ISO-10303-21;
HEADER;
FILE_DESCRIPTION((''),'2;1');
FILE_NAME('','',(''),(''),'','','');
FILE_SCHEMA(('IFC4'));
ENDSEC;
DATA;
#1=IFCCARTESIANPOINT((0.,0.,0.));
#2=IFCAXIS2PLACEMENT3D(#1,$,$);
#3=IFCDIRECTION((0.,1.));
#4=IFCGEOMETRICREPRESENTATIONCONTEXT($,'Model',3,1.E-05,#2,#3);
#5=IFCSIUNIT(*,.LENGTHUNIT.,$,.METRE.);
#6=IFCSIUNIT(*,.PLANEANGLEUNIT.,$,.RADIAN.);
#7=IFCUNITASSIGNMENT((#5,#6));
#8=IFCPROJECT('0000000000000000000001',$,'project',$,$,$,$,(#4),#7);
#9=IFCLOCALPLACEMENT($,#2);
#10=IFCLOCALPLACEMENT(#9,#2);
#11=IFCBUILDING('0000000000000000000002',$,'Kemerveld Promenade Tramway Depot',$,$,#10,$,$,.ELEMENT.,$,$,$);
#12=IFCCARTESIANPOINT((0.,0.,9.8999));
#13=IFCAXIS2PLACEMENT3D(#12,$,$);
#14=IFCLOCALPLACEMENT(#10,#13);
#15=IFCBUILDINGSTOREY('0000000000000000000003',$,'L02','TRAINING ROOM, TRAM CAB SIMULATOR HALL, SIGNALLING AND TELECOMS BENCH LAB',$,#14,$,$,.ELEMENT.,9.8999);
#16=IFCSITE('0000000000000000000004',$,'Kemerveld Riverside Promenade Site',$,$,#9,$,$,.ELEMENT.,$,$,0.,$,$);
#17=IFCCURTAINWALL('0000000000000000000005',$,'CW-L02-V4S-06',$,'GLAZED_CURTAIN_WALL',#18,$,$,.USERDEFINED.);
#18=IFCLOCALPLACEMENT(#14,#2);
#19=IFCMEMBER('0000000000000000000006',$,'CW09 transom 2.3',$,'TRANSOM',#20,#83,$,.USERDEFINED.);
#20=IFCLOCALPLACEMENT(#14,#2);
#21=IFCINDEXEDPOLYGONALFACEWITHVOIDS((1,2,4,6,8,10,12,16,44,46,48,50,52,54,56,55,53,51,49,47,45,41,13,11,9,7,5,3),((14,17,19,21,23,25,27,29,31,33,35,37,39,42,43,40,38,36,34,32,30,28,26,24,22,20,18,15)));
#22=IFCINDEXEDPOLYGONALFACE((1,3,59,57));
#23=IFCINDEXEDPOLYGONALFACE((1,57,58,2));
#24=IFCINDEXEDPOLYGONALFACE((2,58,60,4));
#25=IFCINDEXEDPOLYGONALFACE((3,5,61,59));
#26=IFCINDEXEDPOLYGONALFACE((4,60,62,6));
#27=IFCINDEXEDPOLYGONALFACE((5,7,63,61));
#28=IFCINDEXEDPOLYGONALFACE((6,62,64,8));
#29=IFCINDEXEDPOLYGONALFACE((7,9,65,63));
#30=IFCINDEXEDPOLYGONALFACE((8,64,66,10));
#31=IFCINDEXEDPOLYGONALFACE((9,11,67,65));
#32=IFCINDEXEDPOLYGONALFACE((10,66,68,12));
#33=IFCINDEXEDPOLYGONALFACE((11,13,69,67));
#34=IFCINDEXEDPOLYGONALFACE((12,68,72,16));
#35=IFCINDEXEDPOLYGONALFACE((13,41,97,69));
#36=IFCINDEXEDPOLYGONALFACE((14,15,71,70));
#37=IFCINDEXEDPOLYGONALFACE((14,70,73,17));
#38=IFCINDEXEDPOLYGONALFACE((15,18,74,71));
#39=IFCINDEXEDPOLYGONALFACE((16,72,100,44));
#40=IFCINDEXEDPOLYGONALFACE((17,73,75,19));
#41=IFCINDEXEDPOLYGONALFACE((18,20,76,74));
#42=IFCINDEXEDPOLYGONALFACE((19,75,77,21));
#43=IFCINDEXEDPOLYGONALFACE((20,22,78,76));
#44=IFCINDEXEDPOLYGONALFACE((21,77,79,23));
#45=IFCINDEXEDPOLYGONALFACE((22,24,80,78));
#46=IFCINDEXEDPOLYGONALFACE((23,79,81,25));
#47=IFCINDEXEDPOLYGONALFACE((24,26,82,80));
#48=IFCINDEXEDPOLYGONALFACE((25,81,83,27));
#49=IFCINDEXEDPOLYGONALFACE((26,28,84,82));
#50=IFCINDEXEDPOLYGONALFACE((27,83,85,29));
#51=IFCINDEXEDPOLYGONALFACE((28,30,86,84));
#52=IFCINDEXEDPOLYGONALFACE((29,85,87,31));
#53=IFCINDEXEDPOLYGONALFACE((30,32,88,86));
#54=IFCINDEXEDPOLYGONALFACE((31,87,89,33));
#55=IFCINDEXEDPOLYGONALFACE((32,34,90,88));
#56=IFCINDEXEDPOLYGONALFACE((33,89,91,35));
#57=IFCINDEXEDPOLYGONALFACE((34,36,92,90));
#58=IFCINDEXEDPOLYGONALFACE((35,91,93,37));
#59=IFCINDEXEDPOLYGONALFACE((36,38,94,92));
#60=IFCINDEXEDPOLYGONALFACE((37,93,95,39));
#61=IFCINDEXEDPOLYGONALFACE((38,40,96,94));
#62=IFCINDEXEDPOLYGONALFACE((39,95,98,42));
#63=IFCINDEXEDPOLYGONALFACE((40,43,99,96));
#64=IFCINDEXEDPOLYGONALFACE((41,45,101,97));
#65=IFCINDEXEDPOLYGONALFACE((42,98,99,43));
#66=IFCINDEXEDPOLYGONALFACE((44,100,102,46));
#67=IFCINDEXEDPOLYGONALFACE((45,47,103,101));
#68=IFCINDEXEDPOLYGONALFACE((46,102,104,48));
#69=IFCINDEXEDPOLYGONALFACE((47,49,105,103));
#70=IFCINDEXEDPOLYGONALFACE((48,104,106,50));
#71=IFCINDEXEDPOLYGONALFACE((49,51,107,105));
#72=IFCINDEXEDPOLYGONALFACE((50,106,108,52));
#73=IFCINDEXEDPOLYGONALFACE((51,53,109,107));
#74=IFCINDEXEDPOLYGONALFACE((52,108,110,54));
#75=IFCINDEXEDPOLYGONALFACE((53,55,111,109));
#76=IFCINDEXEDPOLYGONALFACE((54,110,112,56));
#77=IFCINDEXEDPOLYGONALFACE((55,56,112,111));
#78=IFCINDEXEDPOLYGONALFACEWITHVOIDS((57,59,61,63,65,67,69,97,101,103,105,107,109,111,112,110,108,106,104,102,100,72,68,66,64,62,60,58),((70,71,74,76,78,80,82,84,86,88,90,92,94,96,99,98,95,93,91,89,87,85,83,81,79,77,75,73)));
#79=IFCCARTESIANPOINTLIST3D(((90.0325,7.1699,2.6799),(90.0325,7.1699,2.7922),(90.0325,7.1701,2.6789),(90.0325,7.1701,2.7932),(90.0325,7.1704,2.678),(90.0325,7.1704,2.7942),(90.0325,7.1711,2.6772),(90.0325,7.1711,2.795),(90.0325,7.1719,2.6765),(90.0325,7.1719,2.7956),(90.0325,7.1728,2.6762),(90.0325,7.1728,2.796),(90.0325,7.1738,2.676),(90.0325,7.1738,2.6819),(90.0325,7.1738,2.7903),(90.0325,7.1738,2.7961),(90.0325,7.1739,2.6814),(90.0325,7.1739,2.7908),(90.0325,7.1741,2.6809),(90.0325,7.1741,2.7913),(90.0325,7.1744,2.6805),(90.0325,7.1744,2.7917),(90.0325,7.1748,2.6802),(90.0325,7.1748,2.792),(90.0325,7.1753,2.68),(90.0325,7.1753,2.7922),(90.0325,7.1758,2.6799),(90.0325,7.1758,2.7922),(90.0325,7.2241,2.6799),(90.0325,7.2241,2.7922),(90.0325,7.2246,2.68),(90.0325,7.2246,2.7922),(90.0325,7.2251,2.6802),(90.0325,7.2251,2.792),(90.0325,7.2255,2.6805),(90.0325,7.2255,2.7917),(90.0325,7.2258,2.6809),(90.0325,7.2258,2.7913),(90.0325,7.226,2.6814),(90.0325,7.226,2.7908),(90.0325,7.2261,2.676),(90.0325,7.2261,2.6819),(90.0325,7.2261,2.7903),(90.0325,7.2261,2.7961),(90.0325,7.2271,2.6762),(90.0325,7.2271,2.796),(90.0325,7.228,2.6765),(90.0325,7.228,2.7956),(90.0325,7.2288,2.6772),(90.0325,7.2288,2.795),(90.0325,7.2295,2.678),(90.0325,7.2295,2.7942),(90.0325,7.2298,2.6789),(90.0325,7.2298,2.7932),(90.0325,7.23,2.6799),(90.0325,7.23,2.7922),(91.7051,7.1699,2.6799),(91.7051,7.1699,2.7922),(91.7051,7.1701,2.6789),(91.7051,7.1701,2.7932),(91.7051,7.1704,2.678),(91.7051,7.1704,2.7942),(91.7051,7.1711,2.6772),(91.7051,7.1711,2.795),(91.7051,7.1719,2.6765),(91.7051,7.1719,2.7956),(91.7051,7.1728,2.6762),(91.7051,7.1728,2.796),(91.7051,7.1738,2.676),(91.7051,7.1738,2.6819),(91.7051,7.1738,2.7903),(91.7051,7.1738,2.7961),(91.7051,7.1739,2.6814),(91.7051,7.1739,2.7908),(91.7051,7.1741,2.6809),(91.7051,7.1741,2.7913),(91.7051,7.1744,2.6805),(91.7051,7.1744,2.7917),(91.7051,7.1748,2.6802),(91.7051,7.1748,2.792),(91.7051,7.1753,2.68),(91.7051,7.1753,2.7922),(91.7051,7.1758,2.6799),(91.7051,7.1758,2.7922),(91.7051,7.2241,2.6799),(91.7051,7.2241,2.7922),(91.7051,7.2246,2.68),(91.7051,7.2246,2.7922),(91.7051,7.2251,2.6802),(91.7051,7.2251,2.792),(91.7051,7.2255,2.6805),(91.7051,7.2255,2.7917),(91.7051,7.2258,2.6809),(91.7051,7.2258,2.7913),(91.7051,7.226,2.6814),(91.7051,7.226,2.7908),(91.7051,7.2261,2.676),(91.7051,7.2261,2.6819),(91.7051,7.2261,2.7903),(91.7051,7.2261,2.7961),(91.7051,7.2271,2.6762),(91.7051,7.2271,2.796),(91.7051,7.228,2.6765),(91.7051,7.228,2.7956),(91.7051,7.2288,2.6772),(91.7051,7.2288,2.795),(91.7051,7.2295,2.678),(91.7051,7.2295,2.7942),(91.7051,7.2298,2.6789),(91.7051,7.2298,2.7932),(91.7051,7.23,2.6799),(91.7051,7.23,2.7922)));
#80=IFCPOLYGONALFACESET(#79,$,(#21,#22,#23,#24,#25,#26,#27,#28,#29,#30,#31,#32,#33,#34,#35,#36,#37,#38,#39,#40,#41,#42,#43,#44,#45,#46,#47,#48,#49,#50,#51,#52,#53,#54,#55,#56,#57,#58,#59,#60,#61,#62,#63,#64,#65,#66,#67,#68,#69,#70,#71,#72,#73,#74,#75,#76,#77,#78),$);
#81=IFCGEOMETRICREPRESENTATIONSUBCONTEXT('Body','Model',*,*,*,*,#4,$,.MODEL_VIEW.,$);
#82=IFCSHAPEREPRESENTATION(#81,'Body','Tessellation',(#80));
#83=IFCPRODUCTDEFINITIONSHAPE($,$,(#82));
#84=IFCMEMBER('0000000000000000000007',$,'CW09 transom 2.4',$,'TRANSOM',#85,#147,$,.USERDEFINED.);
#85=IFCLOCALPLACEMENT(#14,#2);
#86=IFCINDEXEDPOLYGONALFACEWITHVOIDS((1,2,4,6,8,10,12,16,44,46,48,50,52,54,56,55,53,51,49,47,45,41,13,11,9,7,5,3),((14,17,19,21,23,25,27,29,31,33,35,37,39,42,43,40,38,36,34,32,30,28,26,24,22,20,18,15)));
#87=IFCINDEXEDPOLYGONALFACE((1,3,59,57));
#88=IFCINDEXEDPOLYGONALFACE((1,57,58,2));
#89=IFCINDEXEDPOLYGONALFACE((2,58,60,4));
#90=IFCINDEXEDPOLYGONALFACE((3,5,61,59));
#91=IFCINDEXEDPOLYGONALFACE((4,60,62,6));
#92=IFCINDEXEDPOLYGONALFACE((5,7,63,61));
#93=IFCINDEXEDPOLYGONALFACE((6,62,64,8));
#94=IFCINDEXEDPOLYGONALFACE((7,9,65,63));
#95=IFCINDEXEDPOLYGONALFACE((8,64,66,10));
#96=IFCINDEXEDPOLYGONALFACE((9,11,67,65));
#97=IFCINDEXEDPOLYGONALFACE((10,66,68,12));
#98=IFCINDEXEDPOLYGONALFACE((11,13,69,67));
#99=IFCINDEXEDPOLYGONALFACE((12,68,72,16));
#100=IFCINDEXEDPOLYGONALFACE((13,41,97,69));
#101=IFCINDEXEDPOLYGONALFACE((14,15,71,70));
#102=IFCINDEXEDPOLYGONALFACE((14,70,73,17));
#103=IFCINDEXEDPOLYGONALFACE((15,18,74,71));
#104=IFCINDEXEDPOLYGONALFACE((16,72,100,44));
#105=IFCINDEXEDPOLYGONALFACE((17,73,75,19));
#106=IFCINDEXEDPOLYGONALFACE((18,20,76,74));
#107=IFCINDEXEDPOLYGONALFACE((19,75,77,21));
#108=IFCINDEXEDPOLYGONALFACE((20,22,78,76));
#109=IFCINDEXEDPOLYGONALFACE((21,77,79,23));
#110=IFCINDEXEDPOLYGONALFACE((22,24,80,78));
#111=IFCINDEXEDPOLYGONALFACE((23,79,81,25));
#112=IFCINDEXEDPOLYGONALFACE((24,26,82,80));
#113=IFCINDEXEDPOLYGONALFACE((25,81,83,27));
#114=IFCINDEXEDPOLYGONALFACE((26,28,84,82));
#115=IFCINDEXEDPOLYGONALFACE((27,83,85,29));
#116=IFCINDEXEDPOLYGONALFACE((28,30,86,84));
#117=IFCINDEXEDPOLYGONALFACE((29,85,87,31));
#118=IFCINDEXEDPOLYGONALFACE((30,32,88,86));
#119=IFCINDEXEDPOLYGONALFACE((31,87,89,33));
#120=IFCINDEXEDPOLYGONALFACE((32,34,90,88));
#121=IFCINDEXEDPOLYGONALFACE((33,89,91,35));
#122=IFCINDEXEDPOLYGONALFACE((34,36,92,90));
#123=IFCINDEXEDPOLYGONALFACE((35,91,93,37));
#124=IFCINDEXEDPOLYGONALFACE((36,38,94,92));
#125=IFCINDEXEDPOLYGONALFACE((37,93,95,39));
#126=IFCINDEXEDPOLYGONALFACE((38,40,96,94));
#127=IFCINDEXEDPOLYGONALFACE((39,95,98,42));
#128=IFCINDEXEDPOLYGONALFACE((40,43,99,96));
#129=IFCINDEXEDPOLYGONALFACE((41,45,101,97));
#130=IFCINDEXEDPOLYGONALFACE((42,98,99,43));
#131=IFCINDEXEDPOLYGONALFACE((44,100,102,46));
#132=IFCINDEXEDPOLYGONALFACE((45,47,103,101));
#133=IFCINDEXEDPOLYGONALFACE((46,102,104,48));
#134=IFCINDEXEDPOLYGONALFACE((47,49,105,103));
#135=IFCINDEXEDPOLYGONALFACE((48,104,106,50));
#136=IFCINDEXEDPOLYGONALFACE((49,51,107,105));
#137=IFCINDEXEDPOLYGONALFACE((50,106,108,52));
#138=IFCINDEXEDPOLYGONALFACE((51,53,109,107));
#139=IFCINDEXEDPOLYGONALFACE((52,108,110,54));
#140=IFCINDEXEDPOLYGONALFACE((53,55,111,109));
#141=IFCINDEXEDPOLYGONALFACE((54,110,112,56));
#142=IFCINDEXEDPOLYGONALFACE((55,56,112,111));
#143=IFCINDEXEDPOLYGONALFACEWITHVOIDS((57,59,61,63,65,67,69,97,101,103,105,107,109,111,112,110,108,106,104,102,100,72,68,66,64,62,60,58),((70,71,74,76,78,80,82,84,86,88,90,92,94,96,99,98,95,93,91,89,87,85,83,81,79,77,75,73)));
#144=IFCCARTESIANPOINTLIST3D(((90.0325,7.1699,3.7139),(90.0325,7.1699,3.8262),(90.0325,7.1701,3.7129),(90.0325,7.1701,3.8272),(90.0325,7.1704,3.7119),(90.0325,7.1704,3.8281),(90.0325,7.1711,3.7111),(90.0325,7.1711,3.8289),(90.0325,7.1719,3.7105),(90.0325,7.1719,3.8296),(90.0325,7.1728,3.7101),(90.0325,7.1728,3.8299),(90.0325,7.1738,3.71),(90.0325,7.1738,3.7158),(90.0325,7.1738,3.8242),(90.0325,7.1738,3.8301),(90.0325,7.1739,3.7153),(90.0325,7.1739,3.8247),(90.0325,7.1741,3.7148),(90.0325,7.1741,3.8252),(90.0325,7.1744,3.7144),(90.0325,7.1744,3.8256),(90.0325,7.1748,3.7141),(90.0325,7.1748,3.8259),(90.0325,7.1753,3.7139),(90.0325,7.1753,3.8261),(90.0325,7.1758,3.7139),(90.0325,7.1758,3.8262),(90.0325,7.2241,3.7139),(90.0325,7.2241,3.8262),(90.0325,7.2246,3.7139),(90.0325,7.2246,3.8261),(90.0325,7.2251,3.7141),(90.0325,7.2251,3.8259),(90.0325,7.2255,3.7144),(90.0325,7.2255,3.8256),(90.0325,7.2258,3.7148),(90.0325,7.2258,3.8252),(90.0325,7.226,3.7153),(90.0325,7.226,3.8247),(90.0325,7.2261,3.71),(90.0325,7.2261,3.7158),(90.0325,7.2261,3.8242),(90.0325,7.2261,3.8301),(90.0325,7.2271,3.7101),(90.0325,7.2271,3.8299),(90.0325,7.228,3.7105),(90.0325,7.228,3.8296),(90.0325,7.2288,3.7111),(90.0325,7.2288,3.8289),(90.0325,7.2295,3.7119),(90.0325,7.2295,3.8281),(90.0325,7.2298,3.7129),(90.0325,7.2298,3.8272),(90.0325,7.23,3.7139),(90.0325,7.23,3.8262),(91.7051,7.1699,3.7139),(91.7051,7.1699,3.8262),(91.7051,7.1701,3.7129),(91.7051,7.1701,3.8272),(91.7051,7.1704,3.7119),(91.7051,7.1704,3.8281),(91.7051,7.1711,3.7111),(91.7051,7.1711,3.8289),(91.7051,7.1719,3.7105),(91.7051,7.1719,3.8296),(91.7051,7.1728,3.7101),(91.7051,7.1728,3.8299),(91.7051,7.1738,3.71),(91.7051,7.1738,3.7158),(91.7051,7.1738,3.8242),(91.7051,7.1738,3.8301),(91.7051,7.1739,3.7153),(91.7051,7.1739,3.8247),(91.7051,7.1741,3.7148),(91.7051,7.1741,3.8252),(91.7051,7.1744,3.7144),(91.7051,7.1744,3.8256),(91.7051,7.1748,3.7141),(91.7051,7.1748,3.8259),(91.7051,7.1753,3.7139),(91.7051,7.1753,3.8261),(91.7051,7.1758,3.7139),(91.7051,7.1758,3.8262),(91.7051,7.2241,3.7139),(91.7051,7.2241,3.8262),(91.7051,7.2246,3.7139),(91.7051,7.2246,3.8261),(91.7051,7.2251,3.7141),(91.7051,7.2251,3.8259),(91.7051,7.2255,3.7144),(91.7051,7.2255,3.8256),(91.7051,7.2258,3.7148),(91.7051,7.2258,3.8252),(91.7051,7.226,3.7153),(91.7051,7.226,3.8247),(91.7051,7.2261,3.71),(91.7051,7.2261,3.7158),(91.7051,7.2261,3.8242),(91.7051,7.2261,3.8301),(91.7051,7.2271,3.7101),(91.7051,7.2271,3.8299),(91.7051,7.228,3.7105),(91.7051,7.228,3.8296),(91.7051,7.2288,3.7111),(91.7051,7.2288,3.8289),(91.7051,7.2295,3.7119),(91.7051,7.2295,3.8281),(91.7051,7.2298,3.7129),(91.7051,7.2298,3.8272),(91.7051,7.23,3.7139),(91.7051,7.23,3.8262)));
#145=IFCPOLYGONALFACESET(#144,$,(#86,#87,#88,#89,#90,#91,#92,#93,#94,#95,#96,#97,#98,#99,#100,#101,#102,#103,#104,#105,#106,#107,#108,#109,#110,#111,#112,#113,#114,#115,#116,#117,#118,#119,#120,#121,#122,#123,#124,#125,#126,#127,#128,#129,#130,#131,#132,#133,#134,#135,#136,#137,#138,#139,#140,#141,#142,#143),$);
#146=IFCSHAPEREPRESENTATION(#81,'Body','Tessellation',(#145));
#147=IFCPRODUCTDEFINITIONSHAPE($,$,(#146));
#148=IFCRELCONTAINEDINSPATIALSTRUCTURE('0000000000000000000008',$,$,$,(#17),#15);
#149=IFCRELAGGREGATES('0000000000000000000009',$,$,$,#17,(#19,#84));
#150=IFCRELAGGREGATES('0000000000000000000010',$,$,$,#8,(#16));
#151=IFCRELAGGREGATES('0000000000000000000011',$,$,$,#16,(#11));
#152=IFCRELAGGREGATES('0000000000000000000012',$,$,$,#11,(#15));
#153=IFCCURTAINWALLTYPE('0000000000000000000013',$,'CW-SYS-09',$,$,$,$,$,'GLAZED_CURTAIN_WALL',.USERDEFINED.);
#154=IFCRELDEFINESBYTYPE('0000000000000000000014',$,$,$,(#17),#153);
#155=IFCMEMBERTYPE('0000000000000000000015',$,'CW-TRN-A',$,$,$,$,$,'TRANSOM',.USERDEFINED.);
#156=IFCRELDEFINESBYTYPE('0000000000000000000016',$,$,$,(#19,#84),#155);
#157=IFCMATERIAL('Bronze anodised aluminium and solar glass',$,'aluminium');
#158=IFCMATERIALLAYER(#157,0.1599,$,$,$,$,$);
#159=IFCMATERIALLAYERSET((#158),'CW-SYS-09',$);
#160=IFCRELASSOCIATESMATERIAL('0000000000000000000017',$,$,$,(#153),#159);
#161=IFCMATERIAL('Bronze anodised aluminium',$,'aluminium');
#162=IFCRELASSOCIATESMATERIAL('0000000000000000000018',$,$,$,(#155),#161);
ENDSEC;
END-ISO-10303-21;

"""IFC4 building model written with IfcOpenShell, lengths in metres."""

from ifc_helpers import new_model, si_unit, direction, frame, origin, origin_2d, place, context, subcontext, project, spatial, hollow_rectangle, extrude, material, layer, layer_set, material_profile, profile_set, type_object, element, aggregate, save


model = new_model("IFC4")

# Units and contexts
model_context = context("Model", 3, precision=1e-05, world=origin(), true_north=direction((0.0, 1.0)))
body_context = subcontext(model_context, "Body", "Model", "MODEL_VIEW")
ifc_project = project(units=[si_unit("LENGTHUNIT", "METRE"), si_unit("PLANEANGLEUNIT", "RADIAN")], contexts=[model_context])

# Site, building, storey
site_placement = place(None, origin())
site = spatial("IfcSite", under=ifc_project, at=site_placement, Name="Kemerveld Riverside Promenade Site", CompositionType="ELEMENT", RefElevation=0.0)
building_placement = place(site_placement, origin())
building = spatial("IfcBuilding", under=site, at=building_placement, Name="Kemerveld Promenade Tramway Depot", CompositionType="ELEMENT")
storey_placement = place(building_placement, frame((0.0, 0.0, 9.8999)))
storey = spatial("IfcBuildingStorey", under=building, at=storey_placement, Name="L02", Description="TRAINING ROOM, TRAM CAB SIMULATOR HALL, SIGNALLING AND TELECOMS BENCH LAB", CompositionType="ELEMENT", Elevation=9.8999)

# Curtain wall, members
ifc_material_1 = material(Name="Bronze anodised aluminium and solar glass", Category="aluminium")
ifc_layer_1 = layer(ifc_material_1, 0.1599)
ifc_layer_set_1 = layer_set([ifc_layer_1], Name="CW-SYS-09")
curtain_wall_type = type_object("IfcCurtainWallType", Name="CW-SYS-09", ElementType="GLAZED_CURTAIN_WALL", PredefinedType="USERDEFINED", material=ifc_layer_set_1)
curtain_wall_placement = place(storey_placement, origin())
curtain_wall = element("IfcCurtainWall", 1, at=curtain_wall_placement, inside=storey, type_object=curtain_wall_type, Name="CW-L02-V4S-06", ObjectType="GLAZED_CURTAIN_WALL", PredefinedType="USERDEFINED")
ifc_material_2 = material(Name="Bronze anodised aluminium", Category="aluminium")
ifc_material_profile_1 = material_profile(ifc_material_2, hollow_rectangle(XDim=0.0601, YDim=0.1201, WallThickness=0.0039, InnerFilletRadius=0.002, OuterFilletRadius=0.0039, at=origin_2d()), Name="CW-TRN-120x60")
ifc_profile_set_1 = profile_set([ifc_material_profile_1], Name="Bronze anodised aluminium")
member_type_1 = type_object("IfcMemberType", Name="CW-TRN-A", ElementType="TRANSOM", PredefinedType="USERDEFINED", material=ifc_profile_set_1)
member_1_placement = place(storey_placement, frame((91.7051, 7.2, 2.7361), z_axis=(-1.0, 0.0, 0.0), x_axis=(0.0, -1.0, 0.0)))
member_1 = element("IfcMember", 2, at=member_1_placement, type_object=member_type_1, Name="CW09 transom 2.3", ObjectType="TRANSOM", PredefinedType="USERDEFINED", context=body_context, shape_type="SweptSolid", body=[
    extrude(hollow_rectangle(XDim=0.0601, YDim=0.1201, WallThickness=0.0039, InnerFilletRadius=0.002, OuterFilletRadius=0.0039, at=origin_2d()), origin(), (0.0, 0.0, 1.0), 1.6726),
])
member_2_placement = place(storey_placement, frame((91.7051, 7.2, 3.77), z_axis=(-1.0, 0.0, 0.0), x_axis=(0.0, -1.0, 0.0)))
member_2 = element("IfcMember", 3, at=member_2_placement, type_object=member_type_1, Name="CW09 transom 2.4", ObjectType="TRANSOM", PredefinedType="USERDEFINED", context=body_context, shape_type="SweptSolid", body=[
    extrude(hollow_rectangle(XDim=0.0601, YDim=0.1201, WallThickness=0.0039, InnerFilletRadius=0.002, OuterFilletRadius=0.0039, at=origin_2d()), origin(), (0.0, 0.0, 1.0), 1.6726),
])
aggregate(curtain_wall, [member_1, member_2])

save(model, "model.ifc")
